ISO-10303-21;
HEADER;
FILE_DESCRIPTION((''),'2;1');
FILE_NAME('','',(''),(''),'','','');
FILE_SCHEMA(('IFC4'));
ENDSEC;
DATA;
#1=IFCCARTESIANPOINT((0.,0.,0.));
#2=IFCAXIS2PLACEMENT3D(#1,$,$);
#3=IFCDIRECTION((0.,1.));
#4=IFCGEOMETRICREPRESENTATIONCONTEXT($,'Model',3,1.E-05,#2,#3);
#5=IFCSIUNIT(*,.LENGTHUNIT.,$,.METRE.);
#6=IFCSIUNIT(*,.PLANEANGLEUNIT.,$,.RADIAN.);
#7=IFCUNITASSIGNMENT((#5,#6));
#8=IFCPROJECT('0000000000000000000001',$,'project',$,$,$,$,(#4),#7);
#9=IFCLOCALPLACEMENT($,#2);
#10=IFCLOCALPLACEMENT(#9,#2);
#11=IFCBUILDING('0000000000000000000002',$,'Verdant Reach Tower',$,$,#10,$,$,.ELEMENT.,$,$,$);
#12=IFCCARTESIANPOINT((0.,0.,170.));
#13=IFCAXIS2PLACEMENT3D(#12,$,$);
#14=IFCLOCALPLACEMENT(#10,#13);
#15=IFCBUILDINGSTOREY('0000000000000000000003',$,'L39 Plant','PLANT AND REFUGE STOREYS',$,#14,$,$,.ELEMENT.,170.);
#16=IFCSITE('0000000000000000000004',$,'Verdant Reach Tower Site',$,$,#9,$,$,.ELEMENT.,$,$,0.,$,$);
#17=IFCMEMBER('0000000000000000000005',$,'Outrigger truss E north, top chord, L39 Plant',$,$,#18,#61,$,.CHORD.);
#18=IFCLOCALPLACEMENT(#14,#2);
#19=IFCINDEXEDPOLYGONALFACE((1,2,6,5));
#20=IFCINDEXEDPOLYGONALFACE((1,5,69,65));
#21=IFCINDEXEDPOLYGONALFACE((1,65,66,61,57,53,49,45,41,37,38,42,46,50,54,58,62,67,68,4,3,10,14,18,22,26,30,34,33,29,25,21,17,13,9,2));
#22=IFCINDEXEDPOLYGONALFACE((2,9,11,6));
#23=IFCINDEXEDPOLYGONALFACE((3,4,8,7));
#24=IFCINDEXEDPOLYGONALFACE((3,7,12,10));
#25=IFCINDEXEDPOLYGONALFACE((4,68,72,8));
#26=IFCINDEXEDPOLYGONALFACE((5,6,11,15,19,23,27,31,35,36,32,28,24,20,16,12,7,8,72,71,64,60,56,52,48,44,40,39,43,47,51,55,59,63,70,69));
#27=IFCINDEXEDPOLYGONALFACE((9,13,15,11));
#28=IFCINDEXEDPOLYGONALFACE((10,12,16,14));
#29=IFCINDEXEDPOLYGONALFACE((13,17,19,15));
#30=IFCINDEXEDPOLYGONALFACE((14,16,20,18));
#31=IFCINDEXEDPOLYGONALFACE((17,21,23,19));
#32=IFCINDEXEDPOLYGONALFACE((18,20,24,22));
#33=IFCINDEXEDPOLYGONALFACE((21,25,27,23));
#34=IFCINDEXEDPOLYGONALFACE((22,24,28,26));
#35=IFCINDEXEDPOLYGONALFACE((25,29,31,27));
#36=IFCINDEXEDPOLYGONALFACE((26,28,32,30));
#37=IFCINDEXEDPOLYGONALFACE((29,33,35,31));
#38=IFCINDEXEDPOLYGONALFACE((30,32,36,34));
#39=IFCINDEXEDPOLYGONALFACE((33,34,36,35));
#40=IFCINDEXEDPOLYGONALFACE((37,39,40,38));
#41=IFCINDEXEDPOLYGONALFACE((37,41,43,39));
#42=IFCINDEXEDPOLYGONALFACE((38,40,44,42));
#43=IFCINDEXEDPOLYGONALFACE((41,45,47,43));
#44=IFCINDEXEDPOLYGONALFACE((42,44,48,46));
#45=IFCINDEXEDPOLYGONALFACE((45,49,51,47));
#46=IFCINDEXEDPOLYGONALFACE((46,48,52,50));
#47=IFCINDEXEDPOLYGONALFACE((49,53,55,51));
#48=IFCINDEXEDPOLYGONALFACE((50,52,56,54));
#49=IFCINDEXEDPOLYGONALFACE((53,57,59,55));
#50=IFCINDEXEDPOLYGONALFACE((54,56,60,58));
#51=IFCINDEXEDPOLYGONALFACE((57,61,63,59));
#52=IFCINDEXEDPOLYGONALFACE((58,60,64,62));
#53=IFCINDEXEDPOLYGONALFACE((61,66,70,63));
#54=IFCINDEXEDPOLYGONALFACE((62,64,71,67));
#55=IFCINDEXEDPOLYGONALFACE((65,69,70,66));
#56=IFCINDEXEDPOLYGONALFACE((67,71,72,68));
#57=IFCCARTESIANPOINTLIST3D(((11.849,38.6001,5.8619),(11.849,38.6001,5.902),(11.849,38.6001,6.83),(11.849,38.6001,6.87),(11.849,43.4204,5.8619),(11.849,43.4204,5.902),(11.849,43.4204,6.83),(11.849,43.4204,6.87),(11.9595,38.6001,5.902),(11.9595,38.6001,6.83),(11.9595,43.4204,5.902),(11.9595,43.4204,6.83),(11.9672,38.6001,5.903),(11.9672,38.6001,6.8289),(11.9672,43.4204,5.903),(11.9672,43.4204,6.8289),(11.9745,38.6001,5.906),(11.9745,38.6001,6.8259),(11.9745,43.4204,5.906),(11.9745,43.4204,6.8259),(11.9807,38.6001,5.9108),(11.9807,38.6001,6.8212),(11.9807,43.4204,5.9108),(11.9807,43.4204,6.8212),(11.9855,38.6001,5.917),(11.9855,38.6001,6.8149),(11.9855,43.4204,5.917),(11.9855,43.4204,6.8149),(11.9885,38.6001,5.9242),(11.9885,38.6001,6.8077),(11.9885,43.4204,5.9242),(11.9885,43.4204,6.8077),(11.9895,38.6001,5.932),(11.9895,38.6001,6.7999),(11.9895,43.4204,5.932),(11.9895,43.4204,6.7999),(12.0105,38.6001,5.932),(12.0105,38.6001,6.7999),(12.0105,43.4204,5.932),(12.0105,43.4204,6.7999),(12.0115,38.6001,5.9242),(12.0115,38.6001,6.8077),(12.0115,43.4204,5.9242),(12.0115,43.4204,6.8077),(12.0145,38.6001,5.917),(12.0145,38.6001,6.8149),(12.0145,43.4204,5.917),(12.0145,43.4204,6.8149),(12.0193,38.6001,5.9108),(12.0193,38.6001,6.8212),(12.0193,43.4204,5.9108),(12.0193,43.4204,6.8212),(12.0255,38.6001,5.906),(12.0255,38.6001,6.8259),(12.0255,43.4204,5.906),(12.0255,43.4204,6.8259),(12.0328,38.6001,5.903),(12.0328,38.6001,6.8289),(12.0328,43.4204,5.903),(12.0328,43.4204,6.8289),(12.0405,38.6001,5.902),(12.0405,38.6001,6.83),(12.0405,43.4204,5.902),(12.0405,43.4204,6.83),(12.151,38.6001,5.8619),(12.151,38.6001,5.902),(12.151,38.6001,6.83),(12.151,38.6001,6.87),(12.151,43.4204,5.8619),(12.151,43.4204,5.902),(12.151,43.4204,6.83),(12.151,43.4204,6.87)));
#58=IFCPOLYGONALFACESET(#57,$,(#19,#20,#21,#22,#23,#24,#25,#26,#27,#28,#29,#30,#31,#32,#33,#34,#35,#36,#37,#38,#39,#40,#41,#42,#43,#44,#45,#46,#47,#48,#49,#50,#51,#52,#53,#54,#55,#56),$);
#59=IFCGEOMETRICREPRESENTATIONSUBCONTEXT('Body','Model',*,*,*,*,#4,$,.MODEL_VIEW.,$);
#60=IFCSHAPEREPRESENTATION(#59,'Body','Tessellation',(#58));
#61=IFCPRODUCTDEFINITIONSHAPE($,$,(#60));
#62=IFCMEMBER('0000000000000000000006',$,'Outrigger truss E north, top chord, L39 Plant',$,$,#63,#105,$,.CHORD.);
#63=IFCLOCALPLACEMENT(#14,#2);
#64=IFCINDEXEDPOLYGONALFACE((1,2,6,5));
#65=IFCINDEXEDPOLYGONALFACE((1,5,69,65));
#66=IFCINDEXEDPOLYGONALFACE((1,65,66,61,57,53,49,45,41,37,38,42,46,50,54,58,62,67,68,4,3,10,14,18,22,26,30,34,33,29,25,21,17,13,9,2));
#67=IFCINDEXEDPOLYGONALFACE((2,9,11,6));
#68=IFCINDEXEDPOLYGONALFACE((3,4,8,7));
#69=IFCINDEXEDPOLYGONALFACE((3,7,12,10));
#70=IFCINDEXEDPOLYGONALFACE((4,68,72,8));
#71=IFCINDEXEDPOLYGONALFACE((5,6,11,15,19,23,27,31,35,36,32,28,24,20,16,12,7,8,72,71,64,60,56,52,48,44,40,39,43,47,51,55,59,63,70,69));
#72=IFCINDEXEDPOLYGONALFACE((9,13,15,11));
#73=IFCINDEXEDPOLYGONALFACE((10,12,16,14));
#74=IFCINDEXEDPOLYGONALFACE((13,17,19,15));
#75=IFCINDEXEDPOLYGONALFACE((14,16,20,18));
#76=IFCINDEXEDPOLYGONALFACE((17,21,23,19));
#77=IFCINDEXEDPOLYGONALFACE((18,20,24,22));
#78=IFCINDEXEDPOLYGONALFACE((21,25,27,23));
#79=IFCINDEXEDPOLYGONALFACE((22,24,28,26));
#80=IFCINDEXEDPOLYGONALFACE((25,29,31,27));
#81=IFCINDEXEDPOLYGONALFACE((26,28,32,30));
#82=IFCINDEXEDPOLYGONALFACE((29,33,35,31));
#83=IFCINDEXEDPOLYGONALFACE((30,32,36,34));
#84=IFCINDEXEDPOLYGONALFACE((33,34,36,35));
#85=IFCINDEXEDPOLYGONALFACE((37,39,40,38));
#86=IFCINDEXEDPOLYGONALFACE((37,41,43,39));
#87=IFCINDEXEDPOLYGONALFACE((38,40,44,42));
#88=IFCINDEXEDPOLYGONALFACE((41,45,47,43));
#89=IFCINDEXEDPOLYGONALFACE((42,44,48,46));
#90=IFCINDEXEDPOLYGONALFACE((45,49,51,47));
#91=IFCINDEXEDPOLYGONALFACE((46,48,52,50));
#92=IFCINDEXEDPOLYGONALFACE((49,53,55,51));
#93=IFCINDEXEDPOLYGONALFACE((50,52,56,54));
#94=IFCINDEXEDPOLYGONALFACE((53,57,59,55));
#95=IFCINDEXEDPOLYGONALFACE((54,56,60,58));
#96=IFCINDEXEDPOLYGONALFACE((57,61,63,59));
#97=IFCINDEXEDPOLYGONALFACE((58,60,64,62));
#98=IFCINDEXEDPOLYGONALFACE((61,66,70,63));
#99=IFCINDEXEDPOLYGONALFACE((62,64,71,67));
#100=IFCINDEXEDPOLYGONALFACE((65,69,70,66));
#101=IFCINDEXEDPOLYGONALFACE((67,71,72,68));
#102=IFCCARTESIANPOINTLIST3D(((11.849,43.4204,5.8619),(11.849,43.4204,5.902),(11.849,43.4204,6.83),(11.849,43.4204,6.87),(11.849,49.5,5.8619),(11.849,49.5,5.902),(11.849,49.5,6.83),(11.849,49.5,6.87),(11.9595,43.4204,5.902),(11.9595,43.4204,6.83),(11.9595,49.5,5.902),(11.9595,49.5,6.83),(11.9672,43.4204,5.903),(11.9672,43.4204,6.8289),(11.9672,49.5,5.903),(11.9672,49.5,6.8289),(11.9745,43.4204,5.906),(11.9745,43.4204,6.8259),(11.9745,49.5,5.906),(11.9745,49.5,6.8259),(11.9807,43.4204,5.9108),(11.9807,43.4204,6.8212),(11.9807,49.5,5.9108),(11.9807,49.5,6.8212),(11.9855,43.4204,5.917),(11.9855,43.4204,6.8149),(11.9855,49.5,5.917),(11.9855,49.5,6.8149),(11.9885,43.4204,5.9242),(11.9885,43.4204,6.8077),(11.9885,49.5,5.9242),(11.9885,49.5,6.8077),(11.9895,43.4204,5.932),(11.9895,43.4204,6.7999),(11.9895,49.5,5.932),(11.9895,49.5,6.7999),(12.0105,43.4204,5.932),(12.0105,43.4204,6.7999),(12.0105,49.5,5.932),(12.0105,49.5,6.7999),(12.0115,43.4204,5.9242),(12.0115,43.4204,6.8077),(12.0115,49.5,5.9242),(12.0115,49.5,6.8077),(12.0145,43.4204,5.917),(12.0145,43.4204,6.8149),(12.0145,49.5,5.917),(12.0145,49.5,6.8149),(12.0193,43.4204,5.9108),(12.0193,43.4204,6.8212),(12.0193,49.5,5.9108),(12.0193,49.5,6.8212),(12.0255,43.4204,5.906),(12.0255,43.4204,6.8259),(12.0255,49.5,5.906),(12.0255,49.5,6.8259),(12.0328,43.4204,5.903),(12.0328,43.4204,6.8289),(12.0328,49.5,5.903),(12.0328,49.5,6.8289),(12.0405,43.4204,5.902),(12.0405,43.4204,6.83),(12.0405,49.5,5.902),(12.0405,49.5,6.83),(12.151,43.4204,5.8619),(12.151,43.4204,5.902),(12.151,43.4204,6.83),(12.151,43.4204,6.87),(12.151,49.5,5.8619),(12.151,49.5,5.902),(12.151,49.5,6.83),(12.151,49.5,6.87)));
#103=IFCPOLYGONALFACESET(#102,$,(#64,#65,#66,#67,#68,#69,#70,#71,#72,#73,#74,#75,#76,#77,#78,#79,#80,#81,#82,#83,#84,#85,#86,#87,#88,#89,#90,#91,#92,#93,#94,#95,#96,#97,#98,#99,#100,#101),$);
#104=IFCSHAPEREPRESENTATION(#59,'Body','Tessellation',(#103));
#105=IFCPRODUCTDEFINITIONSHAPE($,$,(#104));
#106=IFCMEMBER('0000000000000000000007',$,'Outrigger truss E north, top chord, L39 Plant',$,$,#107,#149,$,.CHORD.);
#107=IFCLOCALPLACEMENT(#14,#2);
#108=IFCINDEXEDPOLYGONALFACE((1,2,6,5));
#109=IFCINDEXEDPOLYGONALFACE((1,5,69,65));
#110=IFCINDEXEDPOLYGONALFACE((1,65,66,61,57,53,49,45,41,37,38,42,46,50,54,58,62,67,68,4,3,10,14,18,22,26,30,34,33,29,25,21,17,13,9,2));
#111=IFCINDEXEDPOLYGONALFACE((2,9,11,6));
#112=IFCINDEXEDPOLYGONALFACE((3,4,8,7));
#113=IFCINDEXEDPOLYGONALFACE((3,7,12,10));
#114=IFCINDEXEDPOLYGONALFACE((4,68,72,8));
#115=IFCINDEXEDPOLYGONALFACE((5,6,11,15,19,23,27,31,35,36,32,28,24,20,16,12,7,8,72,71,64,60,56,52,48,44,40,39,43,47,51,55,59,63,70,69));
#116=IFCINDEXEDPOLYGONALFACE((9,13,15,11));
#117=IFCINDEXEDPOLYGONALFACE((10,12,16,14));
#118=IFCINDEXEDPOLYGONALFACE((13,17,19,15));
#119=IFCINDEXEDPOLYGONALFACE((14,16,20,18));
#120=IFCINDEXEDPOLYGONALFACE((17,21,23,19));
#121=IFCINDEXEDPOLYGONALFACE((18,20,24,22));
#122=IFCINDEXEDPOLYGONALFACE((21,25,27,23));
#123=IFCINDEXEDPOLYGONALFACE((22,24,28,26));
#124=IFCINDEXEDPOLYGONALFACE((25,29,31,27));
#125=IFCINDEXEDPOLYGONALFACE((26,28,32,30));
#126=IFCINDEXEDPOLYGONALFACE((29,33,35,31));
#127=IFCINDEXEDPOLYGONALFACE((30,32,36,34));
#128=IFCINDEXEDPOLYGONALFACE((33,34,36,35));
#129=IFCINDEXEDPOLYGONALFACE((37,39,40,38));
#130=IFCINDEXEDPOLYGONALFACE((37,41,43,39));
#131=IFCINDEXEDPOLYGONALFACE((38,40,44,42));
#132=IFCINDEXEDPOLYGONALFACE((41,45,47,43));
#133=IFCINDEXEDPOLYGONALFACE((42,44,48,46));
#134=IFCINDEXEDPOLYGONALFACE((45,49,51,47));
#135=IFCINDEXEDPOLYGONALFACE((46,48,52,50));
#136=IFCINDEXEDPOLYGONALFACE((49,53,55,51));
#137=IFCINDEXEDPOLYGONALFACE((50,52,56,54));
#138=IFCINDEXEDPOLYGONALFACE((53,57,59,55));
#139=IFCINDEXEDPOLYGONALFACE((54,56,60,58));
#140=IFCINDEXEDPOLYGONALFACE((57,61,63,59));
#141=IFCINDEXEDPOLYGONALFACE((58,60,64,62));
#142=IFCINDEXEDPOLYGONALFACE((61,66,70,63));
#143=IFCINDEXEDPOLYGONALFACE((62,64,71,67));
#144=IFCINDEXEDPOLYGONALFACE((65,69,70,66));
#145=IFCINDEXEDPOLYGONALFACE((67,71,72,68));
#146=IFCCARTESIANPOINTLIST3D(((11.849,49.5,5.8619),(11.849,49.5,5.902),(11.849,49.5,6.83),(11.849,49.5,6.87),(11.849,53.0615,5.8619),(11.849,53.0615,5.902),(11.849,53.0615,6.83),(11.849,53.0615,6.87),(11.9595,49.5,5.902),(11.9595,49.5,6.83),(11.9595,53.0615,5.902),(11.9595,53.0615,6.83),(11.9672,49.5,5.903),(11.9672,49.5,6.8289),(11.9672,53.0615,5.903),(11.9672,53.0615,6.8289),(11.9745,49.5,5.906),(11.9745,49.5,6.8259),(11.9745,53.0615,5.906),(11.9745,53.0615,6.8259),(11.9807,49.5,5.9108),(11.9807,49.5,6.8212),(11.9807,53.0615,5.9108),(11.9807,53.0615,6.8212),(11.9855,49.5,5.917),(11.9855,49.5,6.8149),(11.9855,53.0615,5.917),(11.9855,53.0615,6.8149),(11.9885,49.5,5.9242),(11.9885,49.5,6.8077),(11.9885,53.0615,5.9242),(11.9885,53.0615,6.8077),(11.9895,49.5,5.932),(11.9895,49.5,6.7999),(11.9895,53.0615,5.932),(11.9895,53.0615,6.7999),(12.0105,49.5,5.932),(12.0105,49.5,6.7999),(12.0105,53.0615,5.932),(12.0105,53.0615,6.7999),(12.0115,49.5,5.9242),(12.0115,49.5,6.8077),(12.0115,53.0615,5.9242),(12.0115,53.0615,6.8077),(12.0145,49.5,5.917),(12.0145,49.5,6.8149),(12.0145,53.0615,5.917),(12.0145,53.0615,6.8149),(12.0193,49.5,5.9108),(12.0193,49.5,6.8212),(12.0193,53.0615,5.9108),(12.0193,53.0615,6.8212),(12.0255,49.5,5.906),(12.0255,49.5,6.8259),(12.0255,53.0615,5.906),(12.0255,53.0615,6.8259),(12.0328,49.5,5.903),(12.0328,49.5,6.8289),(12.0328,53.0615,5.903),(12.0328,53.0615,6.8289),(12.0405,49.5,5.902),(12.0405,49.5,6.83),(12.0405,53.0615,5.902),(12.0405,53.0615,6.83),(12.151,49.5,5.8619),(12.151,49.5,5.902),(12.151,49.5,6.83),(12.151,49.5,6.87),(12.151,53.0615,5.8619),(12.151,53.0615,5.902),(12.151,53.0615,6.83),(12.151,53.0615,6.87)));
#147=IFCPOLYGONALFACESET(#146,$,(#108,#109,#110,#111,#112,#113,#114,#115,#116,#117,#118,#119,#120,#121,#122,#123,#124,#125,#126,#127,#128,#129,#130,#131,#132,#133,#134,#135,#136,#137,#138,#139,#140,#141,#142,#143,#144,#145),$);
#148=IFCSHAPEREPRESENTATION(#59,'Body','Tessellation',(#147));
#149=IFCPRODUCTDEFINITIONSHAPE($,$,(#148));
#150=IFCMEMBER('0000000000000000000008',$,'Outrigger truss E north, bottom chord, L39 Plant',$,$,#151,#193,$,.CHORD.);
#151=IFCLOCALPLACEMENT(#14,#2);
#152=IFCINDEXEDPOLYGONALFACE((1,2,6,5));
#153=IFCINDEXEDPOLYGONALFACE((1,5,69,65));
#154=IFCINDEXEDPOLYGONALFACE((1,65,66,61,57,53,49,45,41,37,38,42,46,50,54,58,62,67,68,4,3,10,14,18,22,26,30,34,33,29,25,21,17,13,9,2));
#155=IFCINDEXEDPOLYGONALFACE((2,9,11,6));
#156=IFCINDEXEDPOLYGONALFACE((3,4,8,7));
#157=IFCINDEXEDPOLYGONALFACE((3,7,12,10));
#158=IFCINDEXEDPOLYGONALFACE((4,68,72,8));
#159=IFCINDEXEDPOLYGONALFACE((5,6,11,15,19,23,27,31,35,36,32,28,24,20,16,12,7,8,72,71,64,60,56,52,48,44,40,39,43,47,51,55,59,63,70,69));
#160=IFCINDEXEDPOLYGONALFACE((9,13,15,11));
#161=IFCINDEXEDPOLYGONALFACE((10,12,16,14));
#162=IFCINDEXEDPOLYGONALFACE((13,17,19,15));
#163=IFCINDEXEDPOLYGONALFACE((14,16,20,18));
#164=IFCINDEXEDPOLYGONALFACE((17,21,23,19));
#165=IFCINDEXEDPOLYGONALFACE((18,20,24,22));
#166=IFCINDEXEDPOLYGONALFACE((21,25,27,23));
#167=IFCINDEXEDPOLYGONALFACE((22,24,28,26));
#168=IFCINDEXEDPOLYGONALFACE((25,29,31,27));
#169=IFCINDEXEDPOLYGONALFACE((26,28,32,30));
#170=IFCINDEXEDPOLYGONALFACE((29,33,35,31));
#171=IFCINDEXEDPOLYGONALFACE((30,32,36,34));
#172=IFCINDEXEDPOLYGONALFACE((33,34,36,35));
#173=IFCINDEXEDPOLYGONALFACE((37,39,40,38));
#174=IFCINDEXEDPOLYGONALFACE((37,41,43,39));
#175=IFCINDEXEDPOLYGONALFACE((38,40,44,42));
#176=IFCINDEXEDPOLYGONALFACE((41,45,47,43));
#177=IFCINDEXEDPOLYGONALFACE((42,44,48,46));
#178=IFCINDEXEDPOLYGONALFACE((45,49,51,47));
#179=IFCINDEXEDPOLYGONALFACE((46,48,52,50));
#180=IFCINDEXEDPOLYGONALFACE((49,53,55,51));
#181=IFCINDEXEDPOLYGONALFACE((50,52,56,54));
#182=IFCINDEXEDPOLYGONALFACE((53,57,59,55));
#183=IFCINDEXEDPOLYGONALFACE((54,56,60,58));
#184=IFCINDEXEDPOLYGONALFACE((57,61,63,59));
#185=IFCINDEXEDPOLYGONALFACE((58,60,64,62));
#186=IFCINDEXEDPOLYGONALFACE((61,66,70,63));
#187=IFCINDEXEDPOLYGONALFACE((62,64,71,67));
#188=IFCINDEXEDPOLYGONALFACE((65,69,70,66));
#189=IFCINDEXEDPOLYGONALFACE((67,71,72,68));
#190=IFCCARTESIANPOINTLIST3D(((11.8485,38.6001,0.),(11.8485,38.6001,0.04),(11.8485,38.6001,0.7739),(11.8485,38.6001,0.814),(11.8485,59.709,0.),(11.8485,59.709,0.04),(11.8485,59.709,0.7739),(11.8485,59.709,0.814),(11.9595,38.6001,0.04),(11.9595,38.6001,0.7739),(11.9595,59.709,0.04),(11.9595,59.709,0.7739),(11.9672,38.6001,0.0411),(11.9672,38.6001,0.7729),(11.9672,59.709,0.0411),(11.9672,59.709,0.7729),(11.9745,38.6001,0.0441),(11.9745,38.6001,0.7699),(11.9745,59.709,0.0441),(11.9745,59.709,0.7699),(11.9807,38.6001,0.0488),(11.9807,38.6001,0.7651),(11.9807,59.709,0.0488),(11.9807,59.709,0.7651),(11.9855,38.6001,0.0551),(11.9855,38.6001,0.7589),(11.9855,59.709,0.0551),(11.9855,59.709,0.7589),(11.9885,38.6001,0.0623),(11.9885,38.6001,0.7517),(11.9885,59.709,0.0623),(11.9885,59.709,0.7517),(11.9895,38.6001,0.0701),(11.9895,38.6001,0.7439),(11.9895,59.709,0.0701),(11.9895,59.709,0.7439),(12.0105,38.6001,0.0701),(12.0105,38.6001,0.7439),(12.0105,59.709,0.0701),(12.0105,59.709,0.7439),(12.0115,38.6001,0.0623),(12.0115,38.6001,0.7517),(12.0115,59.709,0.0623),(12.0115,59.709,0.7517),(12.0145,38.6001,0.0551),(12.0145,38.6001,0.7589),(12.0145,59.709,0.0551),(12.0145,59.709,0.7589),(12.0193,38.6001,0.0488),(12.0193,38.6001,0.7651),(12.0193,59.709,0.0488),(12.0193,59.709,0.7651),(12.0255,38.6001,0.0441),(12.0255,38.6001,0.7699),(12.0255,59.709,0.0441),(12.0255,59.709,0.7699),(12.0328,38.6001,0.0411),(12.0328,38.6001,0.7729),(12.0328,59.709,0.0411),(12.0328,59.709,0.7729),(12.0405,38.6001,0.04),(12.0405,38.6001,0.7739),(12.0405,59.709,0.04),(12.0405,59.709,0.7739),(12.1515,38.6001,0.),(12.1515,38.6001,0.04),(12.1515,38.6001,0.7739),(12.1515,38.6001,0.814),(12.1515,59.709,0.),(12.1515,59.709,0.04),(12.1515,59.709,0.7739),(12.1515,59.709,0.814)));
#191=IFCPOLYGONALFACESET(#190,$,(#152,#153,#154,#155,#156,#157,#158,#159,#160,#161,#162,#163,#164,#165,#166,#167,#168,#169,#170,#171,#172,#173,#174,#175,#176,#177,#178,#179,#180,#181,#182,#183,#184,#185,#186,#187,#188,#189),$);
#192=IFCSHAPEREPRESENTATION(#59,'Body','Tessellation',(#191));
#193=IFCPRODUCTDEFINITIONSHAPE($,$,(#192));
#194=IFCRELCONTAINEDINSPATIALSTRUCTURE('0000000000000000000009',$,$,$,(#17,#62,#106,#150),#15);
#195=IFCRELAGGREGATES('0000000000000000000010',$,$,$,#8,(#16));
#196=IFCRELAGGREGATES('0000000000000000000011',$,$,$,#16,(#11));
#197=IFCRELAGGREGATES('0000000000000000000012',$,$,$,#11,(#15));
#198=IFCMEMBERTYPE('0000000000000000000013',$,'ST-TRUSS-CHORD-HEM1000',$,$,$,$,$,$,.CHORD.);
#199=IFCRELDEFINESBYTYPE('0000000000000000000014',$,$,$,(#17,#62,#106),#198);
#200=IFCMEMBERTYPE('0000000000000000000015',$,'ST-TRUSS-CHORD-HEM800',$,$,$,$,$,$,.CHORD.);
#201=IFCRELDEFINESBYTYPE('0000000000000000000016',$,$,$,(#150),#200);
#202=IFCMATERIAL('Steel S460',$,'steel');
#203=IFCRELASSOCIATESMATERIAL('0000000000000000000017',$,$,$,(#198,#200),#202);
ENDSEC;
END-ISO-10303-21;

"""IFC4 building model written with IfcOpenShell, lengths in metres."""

from ifc_helpers import new_model, si_unit, direction, frame, origin, origin_2d, place, context, subcontext, project, spatial, i_section, extrude, material, material_profile, profile_set, type_object, element, save


model = new_model("IFC4")

# Units and contexts
model_context = context("Model", 3, precision=1e-05, world=origin(), true_north=direction((0.0, 1.0)))
body_context = subcontext(model_context, "Body", "Model", "MODEL_VIEW")
ifc_project = project(units=[si_unit("LENGTHUNIT", "METRE"), si_unit("PLANEANGLEUNIT", "RADIAN")], contexts=[model_context])

# Site, building, storey
site_placement = place(None, origin())
site = spatial("IfcSite", under=ifc_project, at=site_placement, Name="Verdant Reach Tower Site", CompositionType="ELEMENT", RefElevation=0.0)
building_placement = place(site_placement, origin())
building = spatial("IfcBuilding", under=site, at=building_placement, Name="Verdant Reach Tower", CompositionType="ELEMENT")
storey_placement = place(building_placement, frame((0.0, 0.0, 170.0)))
storey = spatial("IfcBuildingStorey", under=building, at=storey_placement, Name="L39 Plant", Description="PLANT AND REFUGE STOREYS", CompositionType="ELEMENT", Elevation=170.0)

# Shared definitions
ifc_material_1 = material(Name="Steel S460", Category="steel")

# Members
ifc_material_profile_1 = material_profile(ifc_material_1, i_section(OverallWidth=0.302, OverallDepth=1.0081, WebThickness=0.021, FlangeThickness=0.04, FilletRadius=0.03, at=origin_2d()), Name="HEM 1000")
ifc_profile_set_1 = profile_set([ifc_material_profile_1], Name="Steel S460")
member_type_1 = type_object("IfcMemberType", Name="ST-TRUSS-CHORD-HEM1000", PredefinedType="CHORD", material=ifc_profile_set_1)
member_1_placement = place(storey_placement, frame((12.0, 38.6001, 6.366), z_axis=(0.0, 1.0, 0.0), x_axis=(-1.0, 0.0, 0.0)))
element("IfcMember", 1, at=member_1_placement, inside=storey, type_object=member_type_1, Name="Outrigger truss E north, top chord, L39 Plant", PredefinedType="CHORD", context=body_context, shape_type="SweptSolid", body=[
    extrude(i_section(OverallWidth=0.302, OverallDepth=1.0081, WebThickness=0.021, FlangeThickness=0.04, FilletRadius=0.03, at=origin_2d()), origin(), (0.0, 0.0, 1.0), 4.8203),
])
member_2_placement = place(storey_placement, frame((12.0, 43.4204, 6.366), z_axis=(0.0, 1.0, 0.0), x_axis=(-1.0, 0.0, 0.0)))
element("IfcMember", 2, at=member_2_placement, inside=storey, type_object=member_type_1, Name="Outrigger truss E north, top chord, L39 Plant", PredefinedType="CHORD", context=body_context, shape_type="SweptSolid", body=[
    extrude(i_section(OverallWidth=0.302, OverallDepth=1.0081, WebThickness=0.021, FlangeThickness=0.04, FilletRadius=0.03, at=origin_2d()), origin(), (0.0, 0.0, 1.0), 6.0796),
])
member_3_placement = place(storey_placement, frame((12.0, 49.5, 6.366), z_axis=(0.0, 1.0, 0.0), x_axis=(-1.0, 0.0, 0.0)))
element("IfcMember", 3, at=member_3_placement, inside=storey, type_object=member_type_1, Name="Outrigger truss E north, top chord, L39 Plant", PredefinedType="CHORD", context=body_context, shape_type="SweptSolid", body=[
    extrude(i_section(OverallWidth=0.302, OverallDepth=1.0081, WebThickness=0.021, FlangeThickness=0.04, FilletRadius=0.03, at=origin_2d()), origin(), (0.0, 0.0, 1.0), 3.5615),
])
ifc_material_profile_2 = material_profile(ifc_material_1, i_section(OverallWidth=0.303, OverallDepth=0.814, WebThickness=0.021, FlangeThickness=0.04, FilletRadius=0.03, at=origin_2d()), Name="HEM 800")
ifc_profile_set_2 = profile_set([ifc_material_profile_2], Name="Steel S460")
member_type_2 = type_object("IfcMemberType", Name="ST-TRUSS-CHORD-HEM800", PredefinedType="CHORD", material=ifc_profile_set_2)
member_4_placement = place(storey_placement, frame((12.0, 38.6001, 0.407), z_axis=(0.0, 1.0, 0.0), x_axis=(-1.0, 0.0, 0.0)))
element("IfcMember", 4, at=member_4_placement, inside=storey, type_object=member_type_2, Name="Outrigger truss E north, bottom chord, L39 Plant", PredefinedType="CHORD", context=body_context, shape_type="SweptSolid", body=[
    extrude(i_section(OverallWidth=0.303, OverallDepth=0.814, WebThickness=0.021, FlangeThickness=0.04, FilletRadius=0.03, at=origin_2d()), origin(), (0.0, 0.0, 1.0), 21.1089),
])

save(model, "model.ifc")
